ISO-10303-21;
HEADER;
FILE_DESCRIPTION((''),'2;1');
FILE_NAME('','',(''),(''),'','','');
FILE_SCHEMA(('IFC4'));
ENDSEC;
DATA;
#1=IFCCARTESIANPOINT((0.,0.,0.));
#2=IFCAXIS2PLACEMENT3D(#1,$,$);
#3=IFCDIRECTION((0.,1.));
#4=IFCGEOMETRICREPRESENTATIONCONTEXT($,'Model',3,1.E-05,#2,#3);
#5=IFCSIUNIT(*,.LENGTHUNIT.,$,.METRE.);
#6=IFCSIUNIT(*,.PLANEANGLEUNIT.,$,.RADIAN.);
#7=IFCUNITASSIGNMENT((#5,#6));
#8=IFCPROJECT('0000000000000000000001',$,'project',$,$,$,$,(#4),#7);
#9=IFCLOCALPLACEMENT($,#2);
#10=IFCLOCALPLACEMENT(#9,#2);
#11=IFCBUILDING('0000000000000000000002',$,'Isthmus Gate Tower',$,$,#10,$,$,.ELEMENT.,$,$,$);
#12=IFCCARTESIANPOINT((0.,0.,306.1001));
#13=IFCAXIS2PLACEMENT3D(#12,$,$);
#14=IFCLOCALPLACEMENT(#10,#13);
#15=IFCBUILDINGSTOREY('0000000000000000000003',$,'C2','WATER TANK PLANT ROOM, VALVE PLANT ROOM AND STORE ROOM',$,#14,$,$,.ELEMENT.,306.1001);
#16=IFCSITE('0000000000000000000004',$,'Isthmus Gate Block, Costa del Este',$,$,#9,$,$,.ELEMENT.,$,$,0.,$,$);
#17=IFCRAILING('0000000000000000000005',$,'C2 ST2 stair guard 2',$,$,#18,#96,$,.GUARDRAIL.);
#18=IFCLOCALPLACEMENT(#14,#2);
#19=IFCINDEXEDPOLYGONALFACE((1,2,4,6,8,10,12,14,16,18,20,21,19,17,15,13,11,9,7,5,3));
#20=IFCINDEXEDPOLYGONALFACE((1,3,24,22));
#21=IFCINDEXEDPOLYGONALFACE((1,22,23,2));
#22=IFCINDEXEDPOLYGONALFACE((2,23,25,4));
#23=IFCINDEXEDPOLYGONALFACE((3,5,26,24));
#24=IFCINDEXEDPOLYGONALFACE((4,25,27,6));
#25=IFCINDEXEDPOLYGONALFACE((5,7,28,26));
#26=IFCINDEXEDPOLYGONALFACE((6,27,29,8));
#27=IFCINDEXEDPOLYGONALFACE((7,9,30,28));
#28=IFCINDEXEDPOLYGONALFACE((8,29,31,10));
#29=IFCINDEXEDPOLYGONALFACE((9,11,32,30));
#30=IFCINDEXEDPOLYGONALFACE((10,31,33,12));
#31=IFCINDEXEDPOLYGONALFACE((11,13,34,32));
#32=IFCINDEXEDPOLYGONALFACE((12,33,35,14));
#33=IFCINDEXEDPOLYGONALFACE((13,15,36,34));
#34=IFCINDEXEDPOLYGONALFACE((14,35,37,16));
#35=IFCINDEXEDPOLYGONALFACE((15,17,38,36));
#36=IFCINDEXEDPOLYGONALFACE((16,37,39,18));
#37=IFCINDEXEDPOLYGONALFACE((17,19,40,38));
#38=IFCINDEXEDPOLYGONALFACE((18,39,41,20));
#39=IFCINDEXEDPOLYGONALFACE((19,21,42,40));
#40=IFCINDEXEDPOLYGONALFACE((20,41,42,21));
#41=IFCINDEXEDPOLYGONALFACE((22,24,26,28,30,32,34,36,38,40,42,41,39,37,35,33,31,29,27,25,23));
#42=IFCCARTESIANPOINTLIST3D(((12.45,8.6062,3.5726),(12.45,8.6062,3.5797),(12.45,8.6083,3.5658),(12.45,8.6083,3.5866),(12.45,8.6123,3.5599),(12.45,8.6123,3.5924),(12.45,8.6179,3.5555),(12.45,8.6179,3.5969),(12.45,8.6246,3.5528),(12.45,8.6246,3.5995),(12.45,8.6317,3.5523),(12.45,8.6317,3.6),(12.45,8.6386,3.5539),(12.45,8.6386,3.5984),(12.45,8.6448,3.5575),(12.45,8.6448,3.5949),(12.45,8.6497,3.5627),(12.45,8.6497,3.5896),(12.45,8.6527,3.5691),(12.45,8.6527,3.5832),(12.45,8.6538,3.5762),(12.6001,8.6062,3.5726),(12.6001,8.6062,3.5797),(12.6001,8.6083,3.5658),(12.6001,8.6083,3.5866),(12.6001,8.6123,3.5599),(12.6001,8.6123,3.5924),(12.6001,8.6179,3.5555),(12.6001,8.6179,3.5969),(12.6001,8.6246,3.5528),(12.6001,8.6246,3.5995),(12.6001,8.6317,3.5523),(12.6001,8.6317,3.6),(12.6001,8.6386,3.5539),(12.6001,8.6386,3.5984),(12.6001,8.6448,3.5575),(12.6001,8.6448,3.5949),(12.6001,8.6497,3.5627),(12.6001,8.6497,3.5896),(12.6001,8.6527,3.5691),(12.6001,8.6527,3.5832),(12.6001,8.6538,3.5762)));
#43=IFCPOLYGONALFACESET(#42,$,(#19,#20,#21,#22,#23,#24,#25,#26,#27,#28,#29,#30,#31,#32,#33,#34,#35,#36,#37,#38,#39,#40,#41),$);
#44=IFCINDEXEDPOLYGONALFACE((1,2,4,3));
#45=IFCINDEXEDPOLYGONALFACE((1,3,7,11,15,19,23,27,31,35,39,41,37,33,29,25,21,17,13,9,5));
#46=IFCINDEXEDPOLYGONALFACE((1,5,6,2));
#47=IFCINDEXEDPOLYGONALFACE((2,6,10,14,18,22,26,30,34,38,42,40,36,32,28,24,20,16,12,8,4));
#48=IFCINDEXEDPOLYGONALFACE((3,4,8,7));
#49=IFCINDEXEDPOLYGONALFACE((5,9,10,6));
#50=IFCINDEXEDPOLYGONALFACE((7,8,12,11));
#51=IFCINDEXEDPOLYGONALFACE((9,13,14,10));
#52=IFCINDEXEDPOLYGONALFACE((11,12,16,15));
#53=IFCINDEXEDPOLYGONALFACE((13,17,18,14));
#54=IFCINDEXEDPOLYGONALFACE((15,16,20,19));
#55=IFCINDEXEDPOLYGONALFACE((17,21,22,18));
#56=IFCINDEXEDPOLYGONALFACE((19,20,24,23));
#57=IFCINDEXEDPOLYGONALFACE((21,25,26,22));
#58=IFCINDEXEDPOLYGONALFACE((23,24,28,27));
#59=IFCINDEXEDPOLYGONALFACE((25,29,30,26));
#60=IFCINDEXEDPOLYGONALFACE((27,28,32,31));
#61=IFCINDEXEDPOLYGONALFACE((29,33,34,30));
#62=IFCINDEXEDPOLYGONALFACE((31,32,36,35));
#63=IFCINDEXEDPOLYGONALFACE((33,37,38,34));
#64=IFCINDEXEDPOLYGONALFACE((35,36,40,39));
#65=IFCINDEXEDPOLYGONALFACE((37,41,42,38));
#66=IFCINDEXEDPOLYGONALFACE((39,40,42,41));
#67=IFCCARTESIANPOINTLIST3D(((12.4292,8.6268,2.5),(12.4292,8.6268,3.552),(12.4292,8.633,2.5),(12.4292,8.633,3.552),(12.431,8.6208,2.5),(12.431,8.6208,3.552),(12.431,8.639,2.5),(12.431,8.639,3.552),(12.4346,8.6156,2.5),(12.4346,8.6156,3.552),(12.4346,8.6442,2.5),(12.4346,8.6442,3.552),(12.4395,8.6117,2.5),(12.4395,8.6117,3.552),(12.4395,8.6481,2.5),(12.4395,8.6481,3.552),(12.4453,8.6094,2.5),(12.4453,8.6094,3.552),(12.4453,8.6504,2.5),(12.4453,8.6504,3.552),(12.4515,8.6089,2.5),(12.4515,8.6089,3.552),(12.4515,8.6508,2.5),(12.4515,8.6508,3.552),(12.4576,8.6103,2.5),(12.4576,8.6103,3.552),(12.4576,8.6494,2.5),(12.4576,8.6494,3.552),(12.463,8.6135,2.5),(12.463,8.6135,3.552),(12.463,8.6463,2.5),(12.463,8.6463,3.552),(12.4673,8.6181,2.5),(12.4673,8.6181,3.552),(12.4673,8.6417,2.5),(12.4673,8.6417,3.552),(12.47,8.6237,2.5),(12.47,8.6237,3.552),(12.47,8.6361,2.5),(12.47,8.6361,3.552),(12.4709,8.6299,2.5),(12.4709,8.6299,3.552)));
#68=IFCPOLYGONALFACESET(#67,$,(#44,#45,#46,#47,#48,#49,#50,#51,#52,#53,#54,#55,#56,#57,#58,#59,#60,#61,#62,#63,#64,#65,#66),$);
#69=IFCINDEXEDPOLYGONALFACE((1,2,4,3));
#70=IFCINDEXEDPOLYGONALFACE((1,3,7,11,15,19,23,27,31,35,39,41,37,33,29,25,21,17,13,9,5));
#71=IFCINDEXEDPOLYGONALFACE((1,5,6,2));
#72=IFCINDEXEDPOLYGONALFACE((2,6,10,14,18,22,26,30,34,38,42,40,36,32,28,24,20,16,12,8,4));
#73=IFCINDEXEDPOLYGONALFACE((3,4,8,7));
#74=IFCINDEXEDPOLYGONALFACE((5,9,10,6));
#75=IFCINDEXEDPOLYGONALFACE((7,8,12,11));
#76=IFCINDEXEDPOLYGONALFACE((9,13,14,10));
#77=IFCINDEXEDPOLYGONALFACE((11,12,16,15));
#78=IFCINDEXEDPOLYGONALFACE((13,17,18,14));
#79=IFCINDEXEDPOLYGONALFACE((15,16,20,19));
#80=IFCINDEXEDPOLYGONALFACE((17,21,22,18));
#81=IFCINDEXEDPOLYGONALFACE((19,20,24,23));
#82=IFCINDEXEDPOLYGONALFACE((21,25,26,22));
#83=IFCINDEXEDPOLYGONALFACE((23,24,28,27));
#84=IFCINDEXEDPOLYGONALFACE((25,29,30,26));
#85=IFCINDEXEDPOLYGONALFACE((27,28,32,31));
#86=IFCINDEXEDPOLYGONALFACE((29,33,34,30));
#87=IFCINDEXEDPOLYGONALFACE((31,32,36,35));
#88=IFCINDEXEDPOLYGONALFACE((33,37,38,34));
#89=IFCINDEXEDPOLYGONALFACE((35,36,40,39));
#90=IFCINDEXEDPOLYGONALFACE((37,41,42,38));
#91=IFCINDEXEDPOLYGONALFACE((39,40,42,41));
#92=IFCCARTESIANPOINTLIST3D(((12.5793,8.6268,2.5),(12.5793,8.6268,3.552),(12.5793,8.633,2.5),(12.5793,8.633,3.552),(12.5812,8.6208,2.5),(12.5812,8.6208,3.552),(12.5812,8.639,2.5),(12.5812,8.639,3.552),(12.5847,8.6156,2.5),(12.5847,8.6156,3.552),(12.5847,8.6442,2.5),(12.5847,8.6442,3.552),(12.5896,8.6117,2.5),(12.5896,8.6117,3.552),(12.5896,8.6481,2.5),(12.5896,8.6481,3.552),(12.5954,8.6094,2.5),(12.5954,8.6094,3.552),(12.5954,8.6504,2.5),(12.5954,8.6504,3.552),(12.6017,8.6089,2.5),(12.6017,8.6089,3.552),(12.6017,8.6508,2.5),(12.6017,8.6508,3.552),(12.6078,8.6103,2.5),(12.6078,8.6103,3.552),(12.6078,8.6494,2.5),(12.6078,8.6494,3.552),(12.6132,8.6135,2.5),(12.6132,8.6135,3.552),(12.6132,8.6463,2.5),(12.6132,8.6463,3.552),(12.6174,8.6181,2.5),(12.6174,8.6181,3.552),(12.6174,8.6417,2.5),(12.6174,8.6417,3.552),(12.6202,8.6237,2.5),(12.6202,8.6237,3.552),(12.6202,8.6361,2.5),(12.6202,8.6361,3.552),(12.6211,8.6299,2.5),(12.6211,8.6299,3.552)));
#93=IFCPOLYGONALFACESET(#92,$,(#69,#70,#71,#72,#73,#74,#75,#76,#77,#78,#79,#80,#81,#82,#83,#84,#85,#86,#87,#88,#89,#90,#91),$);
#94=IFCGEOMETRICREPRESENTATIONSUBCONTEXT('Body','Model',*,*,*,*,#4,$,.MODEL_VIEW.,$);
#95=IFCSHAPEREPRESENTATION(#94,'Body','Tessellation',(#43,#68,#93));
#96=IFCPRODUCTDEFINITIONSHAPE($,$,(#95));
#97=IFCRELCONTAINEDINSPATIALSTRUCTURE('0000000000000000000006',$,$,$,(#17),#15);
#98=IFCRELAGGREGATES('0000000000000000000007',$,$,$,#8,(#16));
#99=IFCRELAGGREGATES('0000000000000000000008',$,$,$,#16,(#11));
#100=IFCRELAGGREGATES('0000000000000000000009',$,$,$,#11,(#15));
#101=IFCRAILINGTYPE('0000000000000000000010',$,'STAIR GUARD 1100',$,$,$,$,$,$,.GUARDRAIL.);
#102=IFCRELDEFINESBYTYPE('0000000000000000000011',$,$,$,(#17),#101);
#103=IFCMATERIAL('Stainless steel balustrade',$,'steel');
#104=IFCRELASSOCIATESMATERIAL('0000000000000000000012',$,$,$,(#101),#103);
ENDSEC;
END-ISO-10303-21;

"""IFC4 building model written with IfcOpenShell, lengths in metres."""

from ifc_helpers import new_model, si_unit, direction, frame, origin, origin_2d, place, context, subcontext, project, spatial, circle, extrude, material, type_object, element, save


model = new_model("IFC4")

# Units and contexts
model_context = context("Model", 3, precision=1e-05, world=origin(), true_north=direction((0.0, 1.0)))
body_context = subcontext(model_context, "Body", "Model", "MODEL_VIEW")
ifc_project = project(units=[si_unit("LENGTHUNIT", "METRE"), si_unit("PLANEANGLEUNIT", "RADIAN")], contexts=[model_context])

# Site, building, storey
site_placement = place(None, origin())
site = spatial("IfcSite", under=ifc_project, at=site_placement, Name="Isthmus Gate Block, Costa del Este", CompositionType="ELEMENT", RefElevation=0.0)
building_placement = place(site_placement, origin())
building = spatial("IfcBuilding", under=site, at=building_placement, Name="Isthmus Gate Tower", CompositionType="ELEMENT")
storey_placement = place(building_placement, frame((0.0, 0.0, 306.1001)))
storey = spatial("IfcBuildingStorey", under=building, at=storey_placement, Name="C2", Description="WATER TANK PLANT ROOM, VALVE PLANT ROOM AND STORE ROOM", CompositionType="ELEMENT", Elevation=306.1001)

# Railing
ifc_material_1 = material(Name="Stainless steel balustrade", Category="steel")
railing_type_1 = type_object("IfcRailingType", Name="STAIR GUARD 1100", PredefinedType="GUARDRAIL", material=ifc_material_1)
railing_1_placement = place(storey_placement, frame((12.45, 8.6299, 2.5)))
element("IfcRailing", 1, at=railing_1_placement, inside=storey, type_object=railing_type_1, Name="C2 ST2 stair guard 2", PredefinedType="GUARDRAIL", context=body_context, shape_type="SweptSolid", body=[
    extrude(circle(Radius=0.0239, at=origin_2d()), frame((0.0, 0.0, 1.0762), z_axis=(1.0, 0.0, 0.0), x_axis=(0.0, 1.0, 0.0)), (0.0, 0.0, 1.0), 0.1501),
    extrude(circle(Radius=0.021, at=origin_2d()), origin(), (0.0, 0.0, 1.0), 1.052),
    extrude(circle(Radius=0.021, at=origin_2d()), frame((0.1501, 0.0, 0.0)), (0.0, 0.0, 1.0), 1.052),
])

save(model, "model.ifc")
